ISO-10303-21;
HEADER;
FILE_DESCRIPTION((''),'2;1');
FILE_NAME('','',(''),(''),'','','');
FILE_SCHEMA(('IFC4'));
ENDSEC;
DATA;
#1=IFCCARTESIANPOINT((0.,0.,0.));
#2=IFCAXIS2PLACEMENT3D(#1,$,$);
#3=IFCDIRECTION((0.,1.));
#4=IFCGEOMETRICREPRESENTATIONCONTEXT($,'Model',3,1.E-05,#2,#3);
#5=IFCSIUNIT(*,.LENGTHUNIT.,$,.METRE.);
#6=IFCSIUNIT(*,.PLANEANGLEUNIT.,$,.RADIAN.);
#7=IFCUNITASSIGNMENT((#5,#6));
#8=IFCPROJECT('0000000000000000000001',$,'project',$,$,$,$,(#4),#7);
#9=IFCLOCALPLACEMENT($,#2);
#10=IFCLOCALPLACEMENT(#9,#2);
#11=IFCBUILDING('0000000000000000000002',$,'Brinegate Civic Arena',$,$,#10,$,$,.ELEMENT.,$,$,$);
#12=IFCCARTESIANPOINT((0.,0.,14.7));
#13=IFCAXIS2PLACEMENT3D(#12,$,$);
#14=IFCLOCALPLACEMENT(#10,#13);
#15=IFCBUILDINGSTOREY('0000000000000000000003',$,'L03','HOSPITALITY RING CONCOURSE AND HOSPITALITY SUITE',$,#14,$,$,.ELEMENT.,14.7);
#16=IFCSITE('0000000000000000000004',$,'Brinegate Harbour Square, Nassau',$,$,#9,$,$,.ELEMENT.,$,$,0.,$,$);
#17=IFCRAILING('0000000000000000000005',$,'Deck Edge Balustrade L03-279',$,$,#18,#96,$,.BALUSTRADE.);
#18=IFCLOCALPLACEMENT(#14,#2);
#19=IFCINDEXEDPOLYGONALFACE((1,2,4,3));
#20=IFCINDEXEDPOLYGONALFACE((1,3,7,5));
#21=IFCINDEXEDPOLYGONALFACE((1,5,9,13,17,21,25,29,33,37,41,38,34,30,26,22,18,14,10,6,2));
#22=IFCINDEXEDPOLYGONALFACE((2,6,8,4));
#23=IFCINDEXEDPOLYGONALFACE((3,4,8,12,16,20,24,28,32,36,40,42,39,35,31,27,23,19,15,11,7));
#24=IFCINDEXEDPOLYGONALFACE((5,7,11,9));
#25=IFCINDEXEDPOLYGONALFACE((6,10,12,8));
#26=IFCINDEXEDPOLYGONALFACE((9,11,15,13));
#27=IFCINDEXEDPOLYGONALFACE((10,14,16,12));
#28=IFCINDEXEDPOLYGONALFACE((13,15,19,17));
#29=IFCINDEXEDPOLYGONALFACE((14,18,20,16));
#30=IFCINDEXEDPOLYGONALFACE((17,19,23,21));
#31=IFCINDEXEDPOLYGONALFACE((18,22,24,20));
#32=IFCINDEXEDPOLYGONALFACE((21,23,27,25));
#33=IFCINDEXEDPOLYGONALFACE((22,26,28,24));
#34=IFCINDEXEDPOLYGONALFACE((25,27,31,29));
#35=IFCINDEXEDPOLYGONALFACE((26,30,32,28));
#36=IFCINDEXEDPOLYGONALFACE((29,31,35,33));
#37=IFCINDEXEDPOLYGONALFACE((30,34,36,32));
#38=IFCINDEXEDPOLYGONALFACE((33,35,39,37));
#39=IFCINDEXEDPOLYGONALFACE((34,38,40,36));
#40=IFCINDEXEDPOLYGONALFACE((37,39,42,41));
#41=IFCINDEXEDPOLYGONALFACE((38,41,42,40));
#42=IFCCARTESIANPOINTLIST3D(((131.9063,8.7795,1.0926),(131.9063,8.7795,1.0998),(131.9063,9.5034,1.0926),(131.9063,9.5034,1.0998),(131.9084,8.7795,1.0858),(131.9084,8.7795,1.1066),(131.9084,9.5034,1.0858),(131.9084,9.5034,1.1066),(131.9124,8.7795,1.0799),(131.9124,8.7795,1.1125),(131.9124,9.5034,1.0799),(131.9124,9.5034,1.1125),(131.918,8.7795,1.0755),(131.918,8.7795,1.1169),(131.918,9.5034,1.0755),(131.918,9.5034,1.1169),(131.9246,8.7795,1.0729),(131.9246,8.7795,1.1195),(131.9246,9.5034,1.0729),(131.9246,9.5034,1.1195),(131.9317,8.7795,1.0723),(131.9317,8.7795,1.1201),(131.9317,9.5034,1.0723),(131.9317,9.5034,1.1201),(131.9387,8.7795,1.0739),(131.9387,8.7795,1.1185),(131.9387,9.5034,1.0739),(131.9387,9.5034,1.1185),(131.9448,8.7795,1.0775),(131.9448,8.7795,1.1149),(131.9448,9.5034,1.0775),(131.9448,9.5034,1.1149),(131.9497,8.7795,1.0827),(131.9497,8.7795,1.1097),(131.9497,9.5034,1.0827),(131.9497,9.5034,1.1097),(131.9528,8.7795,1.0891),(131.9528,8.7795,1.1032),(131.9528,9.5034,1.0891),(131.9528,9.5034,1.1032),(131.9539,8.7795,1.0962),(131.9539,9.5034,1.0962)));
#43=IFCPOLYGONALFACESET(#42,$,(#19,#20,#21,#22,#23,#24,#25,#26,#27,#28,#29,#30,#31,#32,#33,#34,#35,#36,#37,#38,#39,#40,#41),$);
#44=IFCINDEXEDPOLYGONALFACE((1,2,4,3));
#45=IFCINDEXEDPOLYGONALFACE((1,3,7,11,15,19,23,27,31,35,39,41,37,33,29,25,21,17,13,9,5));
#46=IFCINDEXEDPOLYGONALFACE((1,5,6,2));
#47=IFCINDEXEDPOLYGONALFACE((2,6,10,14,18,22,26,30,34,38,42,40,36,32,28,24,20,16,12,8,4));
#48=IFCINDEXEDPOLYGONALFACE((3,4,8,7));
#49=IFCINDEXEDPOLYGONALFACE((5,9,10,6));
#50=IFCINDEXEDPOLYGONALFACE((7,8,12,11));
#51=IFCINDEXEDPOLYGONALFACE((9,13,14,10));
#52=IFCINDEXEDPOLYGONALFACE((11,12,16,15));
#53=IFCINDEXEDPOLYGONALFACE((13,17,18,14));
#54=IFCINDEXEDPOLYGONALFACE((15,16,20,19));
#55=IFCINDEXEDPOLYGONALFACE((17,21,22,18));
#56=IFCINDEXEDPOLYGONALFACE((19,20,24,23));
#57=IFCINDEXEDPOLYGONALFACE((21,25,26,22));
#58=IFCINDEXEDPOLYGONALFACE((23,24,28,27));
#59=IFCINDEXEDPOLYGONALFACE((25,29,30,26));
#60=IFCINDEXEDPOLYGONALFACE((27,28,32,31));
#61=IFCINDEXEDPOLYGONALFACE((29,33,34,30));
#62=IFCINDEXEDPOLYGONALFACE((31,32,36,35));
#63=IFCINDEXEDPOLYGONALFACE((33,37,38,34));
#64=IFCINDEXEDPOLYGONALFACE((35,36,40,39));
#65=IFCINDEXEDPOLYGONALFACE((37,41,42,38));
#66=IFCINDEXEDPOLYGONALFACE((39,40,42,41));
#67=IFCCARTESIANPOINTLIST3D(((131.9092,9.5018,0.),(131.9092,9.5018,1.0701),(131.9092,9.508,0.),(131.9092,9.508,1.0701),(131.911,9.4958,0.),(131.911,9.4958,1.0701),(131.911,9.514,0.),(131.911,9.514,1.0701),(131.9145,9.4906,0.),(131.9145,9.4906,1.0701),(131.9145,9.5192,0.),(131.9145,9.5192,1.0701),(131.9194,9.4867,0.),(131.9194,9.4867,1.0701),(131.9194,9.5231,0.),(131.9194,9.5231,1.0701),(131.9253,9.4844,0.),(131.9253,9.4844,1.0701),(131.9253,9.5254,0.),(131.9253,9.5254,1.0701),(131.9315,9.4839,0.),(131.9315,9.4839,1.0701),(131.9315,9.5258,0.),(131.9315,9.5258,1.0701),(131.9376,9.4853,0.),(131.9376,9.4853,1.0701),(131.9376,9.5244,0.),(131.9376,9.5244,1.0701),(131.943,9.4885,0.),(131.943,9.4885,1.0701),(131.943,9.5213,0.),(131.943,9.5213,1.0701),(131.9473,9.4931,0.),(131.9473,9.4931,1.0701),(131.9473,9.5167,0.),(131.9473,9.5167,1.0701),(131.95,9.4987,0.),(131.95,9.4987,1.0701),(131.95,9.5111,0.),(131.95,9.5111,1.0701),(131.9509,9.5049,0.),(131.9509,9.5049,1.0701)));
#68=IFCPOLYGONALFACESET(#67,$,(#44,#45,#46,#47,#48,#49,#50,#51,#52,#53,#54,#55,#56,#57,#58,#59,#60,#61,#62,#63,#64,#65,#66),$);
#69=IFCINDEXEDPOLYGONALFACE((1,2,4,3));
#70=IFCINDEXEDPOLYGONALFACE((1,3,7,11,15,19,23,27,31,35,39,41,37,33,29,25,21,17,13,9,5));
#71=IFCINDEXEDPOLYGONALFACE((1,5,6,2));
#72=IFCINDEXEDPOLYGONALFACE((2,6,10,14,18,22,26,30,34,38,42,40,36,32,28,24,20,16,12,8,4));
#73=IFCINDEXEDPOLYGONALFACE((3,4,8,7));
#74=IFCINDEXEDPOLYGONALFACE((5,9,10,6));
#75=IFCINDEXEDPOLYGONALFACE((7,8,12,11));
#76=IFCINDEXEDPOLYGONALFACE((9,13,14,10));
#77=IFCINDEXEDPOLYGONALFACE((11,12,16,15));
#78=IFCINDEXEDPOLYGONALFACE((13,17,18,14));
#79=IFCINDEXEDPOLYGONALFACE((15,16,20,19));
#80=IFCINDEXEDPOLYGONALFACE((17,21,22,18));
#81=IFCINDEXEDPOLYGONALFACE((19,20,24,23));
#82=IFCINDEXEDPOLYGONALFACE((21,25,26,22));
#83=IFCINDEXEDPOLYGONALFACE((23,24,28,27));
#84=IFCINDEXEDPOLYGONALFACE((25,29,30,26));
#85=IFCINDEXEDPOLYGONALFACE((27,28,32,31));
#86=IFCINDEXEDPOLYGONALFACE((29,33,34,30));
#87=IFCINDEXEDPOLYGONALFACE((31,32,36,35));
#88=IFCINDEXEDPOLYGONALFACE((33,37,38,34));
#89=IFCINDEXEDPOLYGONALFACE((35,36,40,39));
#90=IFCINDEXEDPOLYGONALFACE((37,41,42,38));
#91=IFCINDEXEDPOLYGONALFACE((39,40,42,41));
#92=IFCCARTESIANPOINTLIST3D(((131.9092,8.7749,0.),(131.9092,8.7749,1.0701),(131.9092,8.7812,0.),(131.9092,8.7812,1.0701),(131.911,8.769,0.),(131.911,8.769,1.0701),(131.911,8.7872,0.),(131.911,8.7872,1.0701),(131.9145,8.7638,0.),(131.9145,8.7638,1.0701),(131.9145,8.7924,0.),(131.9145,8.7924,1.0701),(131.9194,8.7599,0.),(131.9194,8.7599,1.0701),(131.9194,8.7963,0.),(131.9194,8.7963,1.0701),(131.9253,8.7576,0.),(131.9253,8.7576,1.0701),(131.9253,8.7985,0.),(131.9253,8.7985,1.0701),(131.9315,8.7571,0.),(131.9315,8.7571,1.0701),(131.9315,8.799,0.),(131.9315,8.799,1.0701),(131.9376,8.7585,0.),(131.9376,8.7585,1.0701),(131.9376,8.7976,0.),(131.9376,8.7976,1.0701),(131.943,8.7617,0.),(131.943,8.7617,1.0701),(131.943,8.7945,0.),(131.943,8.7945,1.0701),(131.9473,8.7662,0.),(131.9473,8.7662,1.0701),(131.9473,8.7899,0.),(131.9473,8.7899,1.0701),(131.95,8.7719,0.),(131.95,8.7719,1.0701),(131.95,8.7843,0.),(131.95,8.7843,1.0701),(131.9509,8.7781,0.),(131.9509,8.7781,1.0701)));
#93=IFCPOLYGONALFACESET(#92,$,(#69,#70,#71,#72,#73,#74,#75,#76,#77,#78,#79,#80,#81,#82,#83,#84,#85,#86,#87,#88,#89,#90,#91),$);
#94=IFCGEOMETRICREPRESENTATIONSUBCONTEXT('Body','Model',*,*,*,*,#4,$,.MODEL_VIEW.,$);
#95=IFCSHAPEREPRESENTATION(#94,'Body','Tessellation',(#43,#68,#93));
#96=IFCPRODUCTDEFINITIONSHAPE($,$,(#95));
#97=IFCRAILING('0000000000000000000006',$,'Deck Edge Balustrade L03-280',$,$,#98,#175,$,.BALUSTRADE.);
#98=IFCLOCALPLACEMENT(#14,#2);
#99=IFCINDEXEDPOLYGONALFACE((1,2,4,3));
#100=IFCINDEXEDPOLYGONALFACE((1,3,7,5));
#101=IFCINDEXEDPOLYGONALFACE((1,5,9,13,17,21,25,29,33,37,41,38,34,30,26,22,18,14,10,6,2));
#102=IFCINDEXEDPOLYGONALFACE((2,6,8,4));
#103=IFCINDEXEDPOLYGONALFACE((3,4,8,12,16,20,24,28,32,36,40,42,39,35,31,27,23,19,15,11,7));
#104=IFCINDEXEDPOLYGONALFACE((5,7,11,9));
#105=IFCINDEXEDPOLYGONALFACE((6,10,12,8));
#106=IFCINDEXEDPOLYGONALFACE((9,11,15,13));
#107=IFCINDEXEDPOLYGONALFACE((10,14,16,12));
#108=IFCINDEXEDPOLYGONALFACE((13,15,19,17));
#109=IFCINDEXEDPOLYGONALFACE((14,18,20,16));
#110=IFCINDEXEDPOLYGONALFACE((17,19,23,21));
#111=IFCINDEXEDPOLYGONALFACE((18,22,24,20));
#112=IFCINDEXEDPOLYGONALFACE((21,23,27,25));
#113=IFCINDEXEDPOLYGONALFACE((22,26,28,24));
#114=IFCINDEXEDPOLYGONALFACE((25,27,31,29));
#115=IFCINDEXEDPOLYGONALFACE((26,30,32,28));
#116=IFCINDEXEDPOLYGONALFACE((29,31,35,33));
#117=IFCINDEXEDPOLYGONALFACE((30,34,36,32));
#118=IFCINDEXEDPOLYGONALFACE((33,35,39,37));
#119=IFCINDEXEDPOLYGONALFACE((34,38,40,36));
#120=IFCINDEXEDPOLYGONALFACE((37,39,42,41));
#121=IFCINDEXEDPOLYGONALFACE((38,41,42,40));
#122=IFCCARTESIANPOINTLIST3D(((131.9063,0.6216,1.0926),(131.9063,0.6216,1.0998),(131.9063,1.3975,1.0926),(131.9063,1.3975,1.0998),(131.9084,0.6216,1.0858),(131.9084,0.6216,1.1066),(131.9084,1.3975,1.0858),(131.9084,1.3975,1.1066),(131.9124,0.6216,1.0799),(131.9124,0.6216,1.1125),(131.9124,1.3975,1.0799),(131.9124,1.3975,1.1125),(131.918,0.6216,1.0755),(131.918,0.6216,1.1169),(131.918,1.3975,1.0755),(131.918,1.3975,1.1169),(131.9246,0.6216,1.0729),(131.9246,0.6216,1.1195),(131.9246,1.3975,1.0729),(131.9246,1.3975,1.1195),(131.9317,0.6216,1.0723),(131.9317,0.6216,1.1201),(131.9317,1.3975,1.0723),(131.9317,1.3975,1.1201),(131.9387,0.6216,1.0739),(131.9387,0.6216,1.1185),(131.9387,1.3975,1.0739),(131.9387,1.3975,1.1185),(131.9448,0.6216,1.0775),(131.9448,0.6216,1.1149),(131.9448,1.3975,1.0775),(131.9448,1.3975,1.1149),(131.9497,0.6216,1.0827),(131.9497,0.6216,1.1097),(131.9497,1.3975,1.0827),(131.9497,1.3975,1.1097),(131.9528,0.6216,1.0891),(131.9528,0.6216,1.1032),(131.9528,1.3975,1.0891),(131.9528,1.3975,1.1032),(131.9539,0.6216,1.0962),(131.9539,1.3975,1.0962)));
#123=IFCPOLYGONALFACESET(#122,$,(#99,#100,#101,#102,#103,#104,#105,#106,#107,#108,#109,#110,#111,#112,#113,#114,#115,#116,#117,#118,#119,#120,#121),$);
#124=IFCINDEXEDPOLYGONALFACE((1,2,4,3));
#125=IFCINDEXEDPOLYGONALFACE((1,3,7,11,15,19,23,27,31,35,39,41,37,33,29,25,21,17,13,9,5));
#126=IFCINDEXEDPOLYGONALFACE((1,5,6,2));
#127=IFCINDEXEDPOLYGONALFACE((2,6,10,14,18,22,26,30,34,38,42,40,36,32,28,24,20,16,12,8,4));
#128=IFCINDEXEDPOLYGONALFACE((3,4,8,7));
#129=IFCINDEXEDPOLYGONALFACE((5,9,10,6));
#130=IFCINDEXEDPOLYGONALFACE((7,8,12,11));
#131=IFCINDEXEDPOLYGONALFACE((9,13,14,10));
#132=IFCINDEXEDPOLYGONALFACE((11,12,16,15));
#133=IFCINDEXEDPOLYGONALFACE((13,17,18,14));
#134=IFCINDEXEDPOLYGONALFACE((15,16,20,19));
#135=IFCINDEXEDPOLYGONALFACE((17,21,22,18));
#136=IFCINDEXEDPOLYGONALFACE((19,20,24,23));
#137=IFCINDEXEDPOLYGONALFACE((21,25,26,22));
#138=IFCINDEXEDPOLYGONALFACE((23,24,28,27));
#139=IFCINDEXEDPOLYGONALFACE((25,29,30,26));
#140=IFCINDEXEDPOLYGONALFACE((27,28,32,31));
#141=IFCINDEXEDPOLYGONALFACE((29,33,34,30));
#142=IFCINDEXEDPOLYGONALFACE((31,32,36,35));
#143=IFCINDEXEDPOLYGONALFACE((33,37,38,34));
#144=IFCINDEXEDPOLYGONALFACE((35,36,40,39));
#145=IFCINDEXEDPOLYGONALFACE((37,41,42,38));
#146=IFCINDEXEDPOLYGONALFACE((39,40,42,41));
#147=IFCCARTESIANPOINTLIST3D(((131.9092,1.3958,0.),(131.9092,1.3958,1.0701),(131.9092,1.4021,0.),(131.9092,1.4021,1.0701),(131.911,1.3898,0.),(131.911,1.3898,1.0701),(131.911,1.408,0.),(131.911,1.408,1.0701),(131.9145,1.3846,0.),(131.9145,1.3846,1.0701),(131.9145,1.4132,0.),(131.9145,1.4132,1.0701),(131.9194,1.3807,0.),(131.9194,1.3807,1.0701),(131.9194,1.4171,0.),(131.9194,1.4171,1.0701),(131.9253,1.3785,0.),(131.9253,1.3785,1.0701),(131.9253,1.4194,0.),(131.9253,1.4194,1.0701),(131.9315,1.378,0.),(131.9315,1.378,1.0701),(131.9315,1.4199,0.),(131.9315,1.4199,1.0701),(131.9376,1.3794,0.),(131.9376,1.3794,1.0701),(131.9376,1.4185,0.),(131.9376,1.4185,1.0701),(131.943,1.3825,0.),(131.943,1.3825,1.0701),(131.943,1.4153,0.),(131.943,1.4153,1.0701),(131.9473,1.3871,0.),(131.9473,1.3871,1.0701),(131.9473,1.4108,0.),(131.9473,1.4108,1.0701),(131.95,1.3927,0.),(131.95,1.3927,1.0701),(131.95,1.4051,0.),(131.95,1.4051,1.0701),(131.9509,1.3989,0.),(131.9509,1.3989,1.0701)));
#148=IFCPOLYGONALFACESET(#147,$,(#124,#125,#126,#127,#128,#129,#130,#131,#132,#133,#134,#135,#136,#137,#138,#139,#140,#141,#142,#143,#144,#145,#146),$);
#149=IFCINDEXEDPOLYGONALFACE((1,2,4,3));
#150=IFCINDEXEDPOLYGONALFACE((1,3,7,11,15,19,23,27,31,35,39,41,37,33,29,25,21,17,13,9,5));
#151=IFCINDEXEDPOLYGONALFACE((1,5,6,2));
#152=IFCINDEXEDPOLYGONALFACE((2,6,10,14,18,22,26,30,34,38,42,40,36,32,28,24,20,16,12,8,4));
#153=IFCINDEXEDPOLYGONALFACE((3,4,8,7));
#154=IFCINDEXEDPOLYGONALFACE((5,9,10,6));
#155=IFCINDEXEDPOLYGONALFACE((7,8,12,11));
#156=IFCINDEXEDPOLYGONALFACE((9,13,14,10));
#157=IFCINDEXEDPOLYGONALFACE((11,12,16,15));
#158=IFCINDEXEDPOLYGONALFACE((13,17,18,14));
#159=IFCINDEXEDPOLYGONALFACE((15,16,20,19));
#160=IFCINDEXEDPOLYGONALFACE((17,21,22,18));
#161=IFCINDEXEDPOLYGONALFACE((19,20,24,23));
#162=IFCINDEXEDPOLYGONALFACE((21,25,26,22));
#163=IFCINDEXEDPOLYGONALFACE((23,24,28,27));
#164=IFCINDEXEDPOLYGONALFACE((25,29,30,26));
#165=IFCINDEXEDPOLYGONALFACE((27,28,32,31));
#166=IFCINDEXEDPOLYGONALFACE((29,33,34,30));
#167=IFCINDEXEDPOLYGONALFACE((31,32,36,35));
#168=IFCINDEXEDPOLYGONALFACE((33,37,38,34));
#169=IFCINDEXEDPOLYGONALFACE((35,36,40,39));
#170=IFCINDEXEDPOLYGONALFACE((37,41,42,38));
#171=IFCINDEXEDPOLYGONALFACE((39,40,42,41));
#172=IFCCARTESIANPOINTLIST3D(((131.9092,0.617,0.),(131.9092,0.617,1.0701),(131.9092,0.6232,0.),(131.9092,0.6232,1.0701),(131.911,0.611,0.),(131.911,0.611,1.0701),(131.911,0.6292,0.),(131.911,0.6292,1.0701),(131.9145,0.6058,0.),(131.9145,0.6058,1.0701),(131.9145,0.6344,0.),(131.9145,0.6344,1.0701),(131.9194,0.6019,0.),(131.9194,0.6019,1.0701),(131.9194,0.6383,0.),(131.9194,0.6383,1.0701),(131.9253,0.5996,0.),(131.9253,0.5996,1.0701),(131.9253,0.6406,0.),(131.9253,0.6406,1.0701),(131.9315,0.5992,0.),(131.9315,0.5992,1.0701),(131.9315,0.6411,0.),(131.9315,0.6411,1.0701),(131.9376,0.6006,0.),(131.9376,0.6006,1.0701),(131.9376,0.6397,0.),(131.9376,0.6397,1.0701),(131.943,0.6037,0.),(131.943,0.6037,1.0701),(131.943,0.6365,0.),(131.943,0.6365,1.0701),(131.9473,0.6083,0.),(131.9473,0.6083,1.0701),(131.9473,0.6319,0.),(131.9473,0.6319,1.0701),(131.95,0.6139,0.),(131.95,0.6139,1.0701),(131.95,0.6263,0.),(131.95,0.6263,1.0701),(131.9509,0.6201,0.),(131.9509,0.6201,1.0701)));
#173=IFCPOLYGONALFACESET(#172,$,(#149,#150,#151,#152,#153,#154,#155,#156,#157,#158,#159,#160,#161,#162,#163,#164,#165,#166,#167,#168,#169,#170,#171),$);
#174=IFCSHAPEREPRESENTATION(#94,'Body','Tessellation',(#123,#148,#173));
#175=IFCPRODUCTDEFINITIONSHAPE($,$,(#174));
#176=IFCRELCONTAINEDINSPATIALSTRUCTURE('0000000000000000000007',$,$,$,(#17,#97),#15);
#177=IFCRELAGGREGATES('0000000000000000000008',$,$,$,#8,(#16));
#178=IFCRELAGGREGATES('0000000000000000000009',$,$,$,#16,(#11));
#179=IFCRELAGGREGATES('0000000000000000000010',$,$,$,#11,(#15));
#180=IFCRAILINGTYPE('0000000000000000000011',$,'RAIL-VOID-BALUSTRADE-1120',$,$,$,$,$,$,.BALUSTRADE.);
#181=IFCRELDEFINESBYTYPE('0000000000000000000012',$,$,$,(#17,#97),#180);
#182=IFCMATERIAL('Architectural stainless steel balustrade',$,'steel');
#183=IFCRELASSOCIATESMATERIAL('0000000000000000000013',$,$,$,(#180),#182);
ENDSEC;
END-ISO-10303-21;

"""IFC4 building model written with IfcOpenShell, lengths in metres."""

from ifc_helpers import new_model, si_unit, direction, frame, origin, origin_2d, place, context, subcontext, project, spatial, circle, extrude, material, type_object, element, save


model = new_model("IFC4")

# Units and contexts
model_context = context("Model", 3, precision=1e-05, world=origin(), true_north=direction((0.0, 1.0)))
body_context = subcontext(model_context, "Body", "Model", "MODEL_VIEW")
ifc_project = project(units=[si_unit("LENGTHUNIT", "METRE"), si_unit("PLANEANGLEUNIT", "RADIAN")], contexts=[model_context])

# Site, building, storey
site_placement = place(None, origin())
site = spatial("IfcSite", under=ifc_project, at=site_placement, Name="Brinegate Harbour Square, Nassau", CompositionType="ELEMENT", RefElevation=0.0)
building_placement = place(site_placement, origin())
building = spatial("IfcBuilding", under=site, at=building_placement, Name="Brinegate Civic Arena", CompositionType="ELEMENT")
storey_placement = place(building_placement, frame((0.0, 0.0, 14.7)))
storey = spatial("IfcBuildingStorey", under=building, at=storey_placement, Name="L03", Description="HOSPITALITY RING CONCOURSE AND HOSPITALITY SUITE", CompositionType="ELEMENT", Elevation=14.7)

# Railings
ifc_material_1 = material(Name="Architectural stainless steel balustrade", Category="steel")
railing_type_1 = type_object("IfcRailingType", Name="RAIL-VOID-BALUSTRADE-1120", PredefinedType="BALUSTRADE", material=ifc_material_1)
railing_1_placement = place(storey_placement, frame((131.9299, 9.5049, 0.0)))
element("IfcRailing", 1, at=railing_1_placement, inside=storey, type_object=railing_type_1, Name="Deck Edge Balustrade L03-279", PredefinedType="BALUSTRADE", context=body_context, shape_type="SweptSolid", body=[
    extrude(circle(Radius=0.0239, at=origin_2d()), frame((0.0, -0.0015, 1.0962), z_axis=(0.0, -1.0, 0.0), x_axis=(1.0, 0.0, 0.0)), (0.0, 0.0, 1.0), 0.7239),
    extrude(circle(Radius=0.021, at=origin_2d()), origin(), (0.0, 0.0, 1.0), 1.0701),
    extrude(circle(Radius=0.021, at=origin_2d()), frame((0.0, -0.7268, 0.0)), (0.0, 0.0, 1.0), 1.0701),
])
railing_2_placement = place(storey_placement, frame((131.9299, 1.3989, 0.0)))
element("IfcRailing", 2, at=railing_2_placement, inside=storey, type_object=railing_type_1, Name="Deck Edge Balustrade L03-280", PredefinedType="BALUSTRADE", context=body_context, shape_type="SweptSolid", body=[
    extrude(circle(Radius=0.0239, at=origin_2d()), frame((0.0, -0.0015, 1.0962), z_axis=(0.0, -1.0, 0.0), x_axis=(1.0, 0.0, 0.0)), (0.0, 0.0, 1.0), 0.7759),
    extrude(circle(Radius=0.021, at=origin_2d()), origin(), (0.0, 0.0, 1.0), 1.0701),
    extrude(circle(Radius=0.021, at=origin_2d()), frame((0.0, -0.7788, 0.0)), (0.0, 0.0, 1.0), 1.0701),
])

save(model, "model.ifc")
